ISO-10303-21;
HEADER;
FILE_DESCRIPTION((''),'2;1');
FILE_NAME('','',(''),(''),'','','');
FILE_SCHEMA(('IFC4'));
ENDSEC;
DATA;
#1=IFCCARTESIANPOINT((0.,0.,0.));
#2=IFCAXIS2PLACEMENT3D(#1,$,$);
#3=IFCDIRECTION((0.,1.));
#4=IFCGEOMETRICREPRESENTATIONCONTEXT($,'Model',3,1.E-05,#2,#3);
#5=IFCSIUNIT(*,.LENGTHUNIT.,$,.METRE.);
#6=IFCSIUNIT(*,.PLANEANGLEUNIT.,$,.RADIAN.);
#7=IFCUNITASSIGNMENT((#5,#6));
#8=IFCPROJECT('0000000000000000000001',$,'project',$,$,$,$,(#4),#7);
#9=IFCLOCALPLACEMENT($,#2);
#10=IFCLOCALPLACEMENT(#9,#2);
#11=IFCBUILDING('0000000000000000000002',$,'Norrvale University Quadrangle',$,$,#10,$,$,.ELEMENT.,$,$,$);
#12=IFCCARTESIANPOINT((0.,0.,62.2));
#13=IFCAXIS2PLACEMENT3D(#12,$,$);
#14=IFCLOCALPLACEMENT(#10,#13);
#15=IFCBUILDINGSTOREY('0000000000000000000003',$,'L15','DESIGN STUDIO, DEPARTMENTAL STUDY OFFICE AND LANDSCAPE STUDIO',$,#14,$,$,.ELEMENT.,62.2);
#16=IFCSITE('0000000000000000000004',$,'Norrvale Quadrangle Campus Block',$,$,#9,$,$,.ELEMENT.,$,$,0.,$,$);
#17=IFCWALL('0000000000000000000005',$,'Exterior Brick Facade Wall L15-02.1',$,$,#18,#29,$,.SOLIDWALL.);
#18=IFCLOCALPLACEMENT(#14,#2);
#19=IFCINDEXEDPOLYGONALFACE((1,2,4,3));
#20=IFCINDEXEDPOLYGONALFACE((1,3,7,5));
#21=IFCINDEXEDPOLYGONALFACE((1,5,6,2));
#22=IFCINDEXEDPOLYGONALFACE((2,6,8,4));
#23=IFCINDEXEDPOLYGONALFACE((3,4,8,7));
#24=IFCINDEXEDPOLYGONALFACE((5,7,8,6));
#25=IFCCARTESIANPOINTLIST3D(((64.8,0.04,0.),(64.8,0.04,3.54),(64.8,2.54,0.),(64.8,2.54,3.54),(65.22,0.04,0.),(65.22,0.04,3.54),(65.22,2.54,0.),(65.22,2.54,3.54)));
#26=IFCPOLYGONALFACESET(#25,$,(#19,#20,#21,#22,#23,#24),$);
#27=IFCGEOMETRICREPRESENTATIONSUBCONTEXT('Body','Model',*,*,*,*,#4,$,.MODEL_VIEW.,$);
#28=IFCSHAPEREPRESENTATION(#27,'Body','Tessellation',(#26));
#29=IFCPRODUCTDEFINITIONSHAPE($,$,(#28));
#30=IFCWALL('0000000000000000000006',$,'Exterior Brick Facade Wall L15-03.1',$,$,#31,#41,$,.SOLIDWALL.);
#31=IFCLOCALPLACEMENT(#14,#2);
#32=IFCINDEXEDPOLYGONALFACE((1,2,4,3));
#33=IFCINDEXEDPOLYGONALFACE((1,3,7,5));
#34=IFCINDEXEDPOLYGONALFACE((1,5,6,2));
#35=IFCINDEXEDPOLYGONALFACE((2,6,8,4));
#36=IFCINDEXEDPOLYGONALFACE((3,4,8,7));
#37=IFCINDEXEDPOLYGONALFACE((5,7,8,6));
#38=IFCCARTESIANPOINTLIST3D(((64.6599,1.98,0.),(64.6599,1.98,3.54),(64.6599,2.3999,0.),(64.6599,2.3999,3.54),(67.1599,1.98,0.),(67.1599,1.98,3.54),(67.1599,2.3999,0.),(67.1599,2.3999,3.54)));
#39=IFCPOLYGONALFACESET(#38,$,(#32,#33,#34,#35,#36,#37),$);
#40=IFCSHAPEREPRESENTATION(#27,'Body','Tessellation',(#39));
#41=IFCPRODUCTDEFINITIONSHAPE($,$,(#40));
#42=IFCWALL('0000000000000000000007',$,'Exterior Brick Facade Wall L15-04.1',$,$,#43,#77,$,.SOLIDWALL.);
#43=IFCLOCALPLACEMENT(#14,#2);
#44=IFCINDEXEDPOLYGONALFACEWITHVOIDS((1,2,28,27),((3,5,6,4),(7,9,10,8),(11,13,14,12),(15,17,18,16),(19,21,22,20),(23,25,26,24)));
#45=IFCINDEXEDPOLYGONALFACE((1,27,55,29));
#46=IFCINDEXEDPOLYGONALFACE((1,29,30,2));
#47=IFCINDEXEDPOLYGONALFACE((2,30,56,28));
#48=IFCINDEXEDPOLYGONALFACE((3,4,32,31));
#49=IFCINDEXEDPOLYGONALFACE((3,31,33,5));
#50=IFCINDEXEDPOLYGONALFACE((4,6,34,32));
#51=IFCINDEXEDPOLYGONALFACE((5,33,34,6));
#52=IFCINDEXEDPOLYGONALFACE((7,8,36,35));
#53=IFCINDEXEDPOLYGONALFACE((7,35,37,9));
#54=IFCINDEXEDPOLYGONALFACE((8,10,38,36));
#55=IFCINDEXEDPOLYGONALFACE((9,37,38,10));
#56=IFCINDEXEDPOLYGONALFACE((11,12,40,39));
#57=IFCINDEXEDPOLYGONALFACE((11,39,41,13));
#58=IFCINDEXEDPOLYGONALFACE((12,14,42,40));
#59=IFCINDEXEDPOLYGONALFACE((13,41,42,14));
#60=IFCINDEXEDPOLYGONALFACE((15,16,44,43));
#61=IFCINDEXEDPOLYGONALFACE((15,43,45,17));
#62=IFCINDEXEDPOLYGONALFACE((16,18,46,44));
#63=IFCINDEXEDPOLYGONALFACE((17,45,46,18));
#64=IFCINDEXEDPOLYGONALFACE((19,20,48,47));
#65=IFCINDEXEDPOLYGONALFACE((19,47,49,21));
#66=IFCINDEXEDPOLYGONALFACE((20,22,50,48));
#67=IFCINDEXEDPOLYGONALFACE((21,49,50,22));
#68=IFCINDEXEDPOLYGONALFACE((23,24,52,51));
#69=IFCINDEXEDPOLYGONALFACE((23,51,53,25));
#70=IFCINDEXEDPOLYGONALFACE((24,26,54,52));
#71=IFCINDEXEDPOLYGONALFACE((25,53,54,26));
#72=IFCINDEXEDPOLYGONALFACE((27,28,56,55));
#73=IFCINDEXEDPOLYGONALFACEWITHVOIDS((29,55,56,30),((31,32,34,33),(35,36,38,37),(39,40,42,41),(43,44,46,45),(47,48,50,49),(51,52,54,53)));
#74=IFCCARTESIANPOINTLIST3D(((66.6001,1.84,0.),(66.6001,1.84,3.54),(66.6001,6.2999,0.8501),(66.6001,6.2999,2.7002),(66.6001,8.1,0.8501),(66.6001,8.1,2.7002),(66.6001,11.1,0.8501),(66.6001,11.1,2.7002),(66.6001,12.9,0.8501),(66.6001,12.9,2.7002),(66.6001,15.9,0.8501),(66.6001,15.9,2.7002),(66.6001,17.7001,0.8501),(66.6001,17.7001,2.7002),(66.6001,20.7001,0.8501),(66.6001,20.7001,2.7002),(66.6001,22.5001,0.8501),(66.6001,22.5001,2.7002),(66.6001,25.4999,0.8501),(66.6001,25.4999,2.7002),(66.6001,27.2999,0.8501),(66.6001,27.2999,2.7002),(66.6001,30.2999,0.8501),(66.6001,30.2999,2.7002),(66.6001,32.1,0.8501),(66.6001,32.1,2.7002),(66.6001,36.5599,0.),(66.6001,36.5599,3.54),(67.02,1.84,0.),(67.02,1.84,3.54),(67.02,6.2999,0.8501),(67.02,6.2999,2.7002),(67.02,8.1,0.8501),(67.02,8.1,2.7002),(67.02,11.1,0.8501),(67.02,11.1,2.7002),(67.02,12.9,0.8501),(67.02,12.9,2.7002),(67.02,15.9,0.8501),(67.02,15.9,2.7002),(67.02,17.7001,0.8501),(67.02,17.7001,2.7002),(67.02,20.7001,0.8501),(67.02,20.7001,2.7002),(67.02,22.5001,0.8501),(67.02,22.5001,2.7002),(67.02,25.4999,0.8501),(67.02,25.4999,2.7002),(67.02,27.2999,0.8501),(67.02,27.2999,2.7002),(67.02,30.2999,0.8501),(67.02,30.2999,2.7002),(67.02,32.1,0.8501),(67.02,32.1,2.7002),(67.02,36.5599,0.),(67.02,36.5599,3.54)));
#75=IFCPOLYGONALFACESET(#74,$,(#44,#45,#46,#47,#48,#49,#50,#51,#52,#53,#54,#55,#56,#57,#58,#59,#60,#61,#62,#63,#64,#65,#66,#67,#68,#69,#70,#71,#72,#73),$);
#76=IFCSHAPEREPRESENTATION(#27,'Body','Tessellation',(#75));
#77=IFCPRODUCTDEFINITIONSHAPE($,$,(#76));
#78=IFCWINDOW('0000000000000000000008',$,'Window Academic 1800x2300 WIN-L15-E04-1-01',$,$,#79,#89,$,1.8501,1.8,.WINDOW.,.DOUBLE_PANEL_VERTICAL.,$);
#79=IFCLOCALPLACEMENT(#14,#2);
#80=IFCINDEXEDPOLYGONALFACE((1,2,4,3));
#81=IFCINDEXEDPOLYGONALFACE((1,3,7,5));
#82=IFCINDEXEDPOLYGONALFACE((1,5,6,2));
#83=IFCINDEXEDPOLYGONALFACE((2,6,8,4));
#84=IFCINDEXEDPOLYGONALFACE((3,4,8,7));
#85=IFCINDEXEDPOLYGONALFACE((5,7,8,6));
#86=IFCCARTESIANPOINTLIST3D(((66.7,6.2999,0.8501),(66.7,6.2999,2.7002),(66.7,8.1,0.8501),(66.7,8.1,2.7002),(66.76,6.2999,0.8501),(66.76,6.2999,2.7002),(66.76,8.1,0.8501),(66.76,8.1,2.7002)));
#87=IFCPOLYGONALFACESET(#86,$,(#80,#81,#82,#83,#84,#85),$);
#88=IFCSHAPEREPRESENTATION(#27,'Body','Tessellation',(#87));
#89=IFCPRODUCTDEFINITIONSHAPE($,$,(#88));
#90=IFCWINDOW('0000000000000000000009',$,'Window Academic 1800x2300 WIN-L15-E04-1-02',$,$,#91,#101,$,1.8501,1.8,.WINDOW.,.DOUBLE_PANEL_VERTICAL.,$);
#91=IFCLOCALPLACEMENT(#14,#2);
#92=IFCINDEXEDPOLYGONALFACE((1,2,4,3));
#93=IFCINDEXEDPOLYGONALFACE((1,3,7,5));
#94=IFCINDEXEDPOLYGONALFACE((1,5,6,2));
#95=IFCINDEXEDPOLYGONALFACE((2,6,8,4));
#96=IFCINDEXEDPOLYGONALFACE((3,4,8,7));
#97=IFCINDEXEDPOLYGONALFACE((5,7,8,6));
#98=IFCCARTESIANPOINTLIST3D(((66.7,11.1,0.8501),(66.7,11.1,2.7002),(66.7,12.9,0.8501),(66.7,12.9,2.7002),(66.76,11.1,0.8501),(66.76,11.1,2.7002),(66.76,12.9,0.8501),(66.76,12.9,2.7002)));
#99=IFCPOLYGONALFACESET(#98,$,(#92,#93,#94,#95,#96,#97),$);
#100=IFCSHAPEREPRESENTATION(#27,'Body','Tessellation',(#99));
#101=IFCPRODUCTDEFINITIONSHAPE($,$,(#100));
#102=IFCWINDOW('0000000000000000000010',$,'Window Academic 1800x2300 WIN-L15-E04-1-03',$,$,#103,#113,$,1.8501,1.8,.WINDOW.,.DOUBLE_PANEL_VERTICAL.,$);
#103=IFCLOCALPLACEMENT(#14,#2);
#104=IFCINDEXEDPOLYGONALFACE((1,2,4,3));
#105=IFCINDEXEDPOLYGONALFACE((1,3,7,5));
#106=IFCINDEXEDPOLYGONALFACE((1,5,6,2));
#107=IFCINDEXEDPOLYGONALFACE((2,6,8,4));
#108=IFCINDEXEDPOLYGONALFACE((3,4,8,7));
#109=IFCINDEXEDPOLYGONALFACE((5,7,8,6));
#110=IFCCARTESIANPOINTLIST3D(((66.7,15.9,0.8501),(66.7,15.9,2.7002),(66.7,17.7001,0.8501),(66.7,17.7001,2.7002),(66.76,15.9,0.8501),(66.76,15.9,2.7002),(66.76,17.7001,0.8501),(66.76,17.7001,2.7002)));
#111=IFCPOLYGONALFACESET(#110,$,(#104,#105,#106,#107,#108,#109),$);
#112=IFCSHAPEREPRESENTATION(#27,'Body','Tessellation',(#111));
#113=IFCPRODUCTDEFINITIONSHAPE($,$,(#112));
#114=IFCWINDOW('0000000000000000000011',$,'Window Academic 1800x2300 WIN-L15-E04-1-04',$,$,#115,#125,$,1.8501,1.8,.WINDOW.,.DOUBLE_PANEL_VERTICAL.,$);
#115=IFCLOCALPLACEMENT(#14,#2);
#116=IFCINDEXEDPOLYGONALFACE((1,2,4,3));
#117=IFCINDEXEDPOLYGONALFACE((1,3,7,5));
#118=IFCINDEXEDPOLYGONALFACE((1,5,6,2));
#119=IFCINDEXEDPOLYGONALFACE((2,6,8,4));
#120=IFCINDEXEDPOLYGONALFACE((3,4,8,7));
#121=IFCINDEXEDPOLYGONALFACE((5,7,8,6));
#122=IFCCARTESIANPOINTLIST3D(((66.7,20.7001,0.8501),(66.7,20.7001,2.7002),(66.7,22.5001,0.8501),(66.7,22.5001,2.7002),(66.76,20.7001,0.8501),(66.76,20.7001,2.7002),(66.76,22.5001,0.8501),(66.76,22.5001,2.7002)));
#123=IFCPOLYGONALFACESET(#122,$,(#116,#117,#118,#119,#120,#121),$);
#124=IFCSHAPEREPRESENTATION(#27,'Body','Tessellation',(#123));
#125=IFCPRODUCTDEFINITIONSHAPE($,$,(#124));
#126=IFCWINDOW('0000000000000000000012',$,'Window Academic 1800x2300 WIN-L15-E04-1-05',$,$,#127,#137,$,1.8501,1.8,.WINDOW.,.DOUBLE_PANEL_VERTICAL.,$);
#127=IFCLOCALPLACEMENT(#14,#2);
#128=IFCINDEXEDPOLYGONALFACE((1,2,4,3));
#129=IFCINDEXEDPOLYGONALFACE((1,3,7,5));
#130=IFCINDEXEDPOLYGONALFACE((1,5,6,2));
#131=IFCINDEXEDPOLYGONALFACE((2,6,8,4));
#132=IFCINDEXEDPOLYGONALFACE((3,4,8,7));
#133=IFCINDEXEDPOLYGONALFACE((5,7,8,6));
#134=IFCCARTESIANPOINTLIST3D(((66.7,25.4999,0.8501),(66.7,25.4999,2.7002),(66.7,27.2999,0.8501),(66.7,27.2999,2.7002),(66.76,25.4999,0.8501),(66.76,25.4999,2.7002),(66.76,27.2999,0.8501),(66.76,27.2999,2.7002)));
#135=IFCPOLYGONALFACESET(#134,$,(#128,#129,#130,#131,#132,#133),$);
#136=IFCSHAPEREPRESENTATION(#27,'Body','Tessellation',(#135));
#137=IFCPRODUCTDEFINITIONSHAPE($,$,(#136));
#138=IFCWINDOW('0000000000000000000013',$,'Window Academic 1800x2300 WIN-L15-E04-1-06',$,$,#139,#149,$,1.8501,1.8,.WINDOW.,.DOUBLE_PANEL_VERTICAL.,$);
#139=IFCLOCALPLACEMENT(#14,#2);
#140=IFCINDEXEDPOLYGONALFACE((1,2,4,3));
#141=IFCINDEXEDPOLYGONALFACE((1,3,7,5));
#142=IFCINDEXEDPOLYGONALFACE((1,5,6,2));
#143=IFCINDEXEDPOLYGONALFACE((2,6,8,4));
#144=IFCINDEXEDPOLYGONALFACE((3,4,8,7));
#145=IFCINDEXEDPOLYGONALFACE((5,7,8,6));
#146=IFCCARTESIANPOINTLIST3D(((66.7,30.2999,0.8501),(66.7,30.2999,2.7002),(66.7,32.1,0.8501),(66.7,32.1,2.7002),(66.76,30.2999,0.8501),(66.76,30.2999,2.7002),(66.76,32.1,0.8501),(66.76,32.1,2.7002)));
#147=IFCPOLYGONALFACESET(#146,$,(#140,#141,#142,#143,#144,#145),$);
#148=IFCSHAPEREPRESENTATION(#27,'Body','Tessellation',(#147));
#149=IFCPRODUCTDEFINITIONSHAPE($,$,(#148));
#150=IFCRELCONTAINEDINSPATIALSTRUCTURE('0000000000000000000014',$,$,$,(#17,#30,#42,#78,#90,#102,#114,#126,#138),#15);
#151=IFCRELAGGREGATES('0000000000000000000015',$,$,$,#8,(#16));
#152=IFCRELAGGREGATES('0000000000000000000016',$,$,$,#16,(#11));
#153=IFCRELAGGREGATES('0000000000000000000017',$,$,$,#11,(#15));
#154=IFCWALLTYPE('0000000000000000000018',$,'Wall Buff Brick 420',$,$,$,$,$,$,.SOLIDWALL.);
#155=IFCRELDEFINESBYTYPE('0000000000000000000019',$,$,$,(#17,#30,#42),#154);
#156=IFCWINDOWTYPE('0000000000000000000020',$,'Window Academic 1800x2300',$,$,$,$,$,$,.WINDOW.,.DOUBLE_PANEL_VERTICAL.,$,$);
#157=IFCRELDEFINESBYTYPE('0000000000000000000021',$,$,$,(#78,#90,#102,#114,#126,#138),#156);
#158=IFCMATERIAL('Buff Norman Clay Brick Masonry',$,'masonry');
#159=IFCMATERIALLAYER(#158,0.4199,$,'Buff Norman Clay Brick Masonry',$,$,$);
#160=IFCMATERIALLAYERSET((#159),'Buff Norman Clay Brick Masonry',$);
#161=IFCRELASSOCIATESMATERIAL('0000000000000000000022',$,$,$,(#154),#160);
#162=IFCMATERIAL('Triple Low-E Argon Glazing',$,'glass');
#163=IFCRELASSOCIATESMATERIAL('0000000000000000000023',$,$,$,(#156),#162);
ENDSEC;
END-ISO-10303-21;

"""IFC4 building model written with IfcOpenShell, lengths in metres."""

from ifc_helpers import new_model, si_unit, direction, frame, frame_2d, origin, place, context, subcontext, project, spatial, rectangle, extrude, material, layer, layer_set, type_object, element, fill, save


model = new_model("IFC4")

# Units and contexts
model_context = context("Model", 3, precision=1e-05, world=origin(), true_north=direction((0.0, 1.0)))
body_context = subcontext(model_context, "Body", "Model", "MODEL_VIEW")
ifc_project = project(units=[si_unit("LENGTHUNIT", "METRE"), si_unit("PLANEANGLEUNIT", "RADIAN")], contexts=[model_context])

# Site, building, storey
site_placement = place(None, origin())
site = spatial("IfcSite", under=ifc_project, at=site_placement, Name="Norrvale Quadrangle Campus Block", CompositionType="ELEMENT", RefElevation=0.0)
building_placement = place(site_placement, origin())
building = spatial("IfcBuilding", under=site, at=building_placement, Name="Norrvale University Quadrangle", CompositionType="ELEMENT")
storey_placement = place(building_placement, frame((0.0, 0.0, 62.2)))
storey = spatial("IfcBuildingStorey", under=building, at=storey_placement, Name="L15", Description="DESIGN STUDIO, DEPARTMENTAL STUDY OFFICE AND LANDSCAPE STUDIO", CompositionType="ELEMENT", Elevation=62.2)

# Walls
ifc_material_1 = material(Name="Buff Norman Clay Brick Masonry", Category="masonry")
ifc_layer_1 = layer(ifc_material_1, 0.4199, Name="Buff Norman Clay Brick Masonry")
ifc_layer_set_1 = layer_set([ifc_layer_1], Name="Buff Norman Clay Brick Masonry")
wall_type_1 = type_object("IfcWallType", Name="Wall Buff Brick 420", PredefinedType="SOLIDWALL", material=ifc_layer_set_1)
for number, where, z_axis, x_axis, name in (
    (1, (65.01, 0.04, 0.0), (0.0, 0.0, 1.0), (0.0, 1.0, 0.0), "Exterior Brick Facade Wall L15-02.1"),
    (2, (64.6599, 2.1899, 0.0), (0.0, 0.0, 1.0), (1.0, 0.0, 0.0), "Exterior Brick Facade Wall L15-03.1"),
):
    element("IfcWall", number, at=place(storey_placement, frame(where, z_axis=z_axis, x_axis=x_axis)), inside=storey, type_object=wall_type_1, Name=name, PredefinedType="SOLIDWALL", context=body_context, shape_type="SweptSolid", body=[
        extrude(rectangle(XDim=2.5, YDim=0.4199, at=frame_2d((1.25, 0.0))), origin(), (0.0, 0.0, 1.0), 3.54),
    ])

# Wall, openings, windows
wall_1_placement = place(storey_placement, frame((66.8101, 1.8401, 0.0), z_axis=(0.0, 0.0, 1.0), x_axis=(0.0, 1.0, 0.0)))
wall_1 = element("IfcWall", 3, at=wall_1_placement, inside=storey, type_object=wall_type_1, Name="Exterior Brick Facade Wall L15-04.1", PredefinedType="SOLIDWALL", context=body_context, shape_type="SweptSolid", body=[
    extrude(rectangle(XDim=34.72, YDim=0.4199, at=frame_2d((17.3599, 0.0))), origin(), (0.0, 0.0, 1.0), 3.54),
])
opening_1_placement = place(wall_1_placement, frame((4.46, 0.0, 0.8501)))
opening_1 = element("IfcOpeningElement", 4, at=opening_1_placement, cuts=wall_1, PredefinedType="OPENING", context=body_context, shape_type="SweptSolid", body=[
    extrude(rectangle(XDim=1.8, YDim=1.8501, at=frame_2d((0.8999, 0.925))), frame((0.0, 0.2219, 0.0), z_axis=(0.0, -1.0, 0.0), x_axis=(1.0, 0.0, 0.0)), (0.0, 0.0, 1.0), 0.4438),
])
opening_2_placement = place(wall_1_placement, frame((9.26, 0.0, 0.8501)))
opening_2 = element("IfcOpeningElement", 5, at=opening_2_placement, cuts=wall_1, PredefinedType="OPENING", context=body_context, shape_type="SweptSolid", body=[
    extrude(rectangle(XDim=1.8, YDim=1.8501, at=frame_2d((0.8999, 0.925))), frame((0.0, 0.2219, 0.0), z_axis=(0.0, -1.0, 0.0), x_axis=(1.0, 0.0, 0.0)), (0.0, 0.0, 1.0), 0.4438),
])
opening_3_placement = place(wall_1_placement, frame((14.0601, 0.0, 0.8501)))
opening_3 = element("IfcOpeningElement", 6, at=opening_3_placement, cuts=wall_1, PredefinedType="OPENING", context=body_context, shape_type="SweptSolid", body=[
    extrude(rectangle(XDim=1.8, YDim=1.8501, at=frame_2d((0.8999, 0.925))), frame((0.0, 0.2219, 0.0), z_axis=(0.0, -1.0, 0.0), x_axis=(1.0, 0.0, 0.0)), (0.0, 0.0, 1.0), 0.4438),
])
opening_4_placement = place(wall_1_placement, frame((18.8601, 0.0, 0.8501)))
opening_4 = element("IfcOpeningElement", 7, at=opening_4_placement, cuts=wall_1, PredefinedType="OPENING", context=body_context, shape_type="SweptSolid", body=[
    extrude(rectangle(XDim=1.8, YDim=1.8501, at=frame_2d((0.8999, 0.925))), frame((0.0, 0.2219, 0.0), z_axis=(0.0, -1.0, 0.0), x_axis=(1.0, 0.0, 0.0)), (0.0, 0.0, 1.0), 0.4438),
])
opening_5_placement = place(wall_1_placement, frame((23.6599, 0.0, 0.8501)))
opening_5 = element("IfcOpeningElement", 8, at=opening_5_placement, cuts=wall_1, PredefinedType="OPENING", context=body_context, shape_type="SweptSolid", body=[
    extrude(rectangle(XDim=1.8, YDim=1.8501, at=frame_2d((0.8999, 0.925))), frame((0.0, 0.2219, 0.0), z_axis=(0.0, -1.0, 0.0), x_axis=(1.0, 0.0, 0.0)), (0.0, 0.0, 1.0), 0.4438),
])
opening_6_placement = place(wall_1_placement, frame((28.46, 0.0, 0.8501)))
opening_6 = element("IfcOpeningElement", 9, at=opening_6_placement, cuts=wall_1, PredefinedType="OPENING", context=body_context, shape_type="SweptSolid", body=[
    extrude(rectangle(XDim=1.8, YDim=1.8501, at=frame_2d((0.8999, 0.925))), frame((0.0, 0.2219, 0.0), z_axis=(0.0, -1.0, 0.0), x_axis=(1.0, 0.0, 0.0)), (0.0, 0.0, 1.0), 0.4438),
])
ifc_material_2 = material(Name="Triple Low-E Argon Glazing", Category="glass")
window_type = type_object("IfcWindowType", Name="Window Academic 1800x2300", PartitioningType="DOUBLE_PANEL_VERTICAL", PredefinedType="WINDOW", material=ifc_material_2)
window_1_placement = place(opening_1_placement, origin())
window_1 = element("IfcWindow", 10, at=window_1_placement, inside=storey, type_object=window_type, Name="Window Academic 1800x2300 WIN-L15-E04-1-01", OverallHeight=1.8501, OverallWidth=1.8, PartitioningType="DOUBLE_PANEL_VERTICAL", PredefinedType="WINDOW", context=body_context, shape_type="SweptSolid", body=[
    extrude(rectangle(XDim=1.8, YDim=1.8501, at=frame_2d((0.8999, 0.925))), frame((0.0, 0.1101, 0.0), z_axis=(0.0, -1.0, 0.0), x_axis=(1.0, 0.0, 0.0)), (0.0, 0.0, 1.0), 0.0601),
])
fill(opening_1, window_1)
window_2_placement = place(opening_2_placement, origin())
window_2 = element("IfcWindow", 11, at=window_2_placement, inside=storey, type_object=window_type, Name="Window Academic 1800x2300 WIN-L15-E04-1-02", OverallHeight=1.8501, OverallWidth=1.8, PartitioningType="DOUBLE_PANEL_VERTICAL", PredefinedType="WINDOW", context=body_context, shape_type="SweptSolid", body=[
    extrude(rectangle(XDim=1.8, YDim=1.8501, at=frame_2d((0.8999, 0.925))), frame((0.0, 0.1101, 0.0), z_axis=(0.0, -1.0, 0.0), x_axis=(1.0, 0.0, 0.0)), (0.0, 0.0, 1.0), 0.0601),
])
fill(opening_2, window_2)
window_3_placement = place(opening_3_placement, origin())
window_3 = element("IfcWindow", 12, at=window_3_placement, inside=storey, type_object=window_type, Name="Window Academic 1800x2300 WIN-L15-E04-1-03", OverallHeight=1.8501, OverallWidth=1.8, PartitioningType="DOUBLE_PANEL_VERTICAL", PredefinedType="WINDOW", context=body_context, shape_type="SweptSolid", body=[
    extrude(rectangle(XDim=1.8, YDim=1.8501, at=frame_2d((0.8999, 0.925))), frame((0.0, 0.1101, 0.0), z_axis=(0.0, -1.0, 0.0), x_axis=(1.0, 0.0, 0.0)), (0.0, 0.0, 1.0), 0.0601),
])
fill(opening_3, window_3)
window_4_placement = place(opening_4_placement, origin())
window_4 = element("IfcWindow", 13, at=window_4_placement, inside=storey, type_object=window_type, Name="Window Academic 1800x2300 WIN-L15-E04-1-04", OverallHeight=1.8501, OverallWidth=1.8, PartitioningType="DOUBLE_PANEL_VERTICAL", PredefinedType="WINDOW", context=body_context, shape_type="SweptSolid", body=[
    extrude(rectangle(XDim=1.8, YDim=1.8501, at=frame_2d((0.8999, 0.925))), frame((0.0, 0.1101, 0.0), z_axis=(0.0, -1.0, 0.0), x_axis=(1.0, 0.0, 0.0)), (0.0, 0.0, 1.0), 0.0601),
])
fill(opening_4, window_4)
window_5_placement = place(opening_5_placement, origin())
window_5 = element("IfcWindow", 14, at=window_5_placement, inside=storey, type_object=window_type, Name="Window Academic 1800x2300 WIN-L15-E04-1-05", OverallHeight=1.8501, OverallWidth=1.8, PartitioningType="DOUBLE_PANEL_VERTICAL", PredefinedType="WINDOW", context=body_context, shape_type="SweptSolid", body=[
    extrude(rectangle(XDim=1.8, YDim=1.8501, at=frame_2d((0.8999, 0.925))), frame((0.0, 0.1101, 0.0), z_axis=(0.0, -1.0, 0.0), x_axis=(1.0, 0.0, 0.0)), (0.0, 0.0, 1.0), 0.0601),
])
fill(opening_5, window_5)
window_6_placement = place(opening_6_placement, origin())
window_6 = element("IfcWindow", 15, at=window_6_placement, inside=storey, type_object=window_type, Name="Window Academic 1800x2300 WIN-L15-E04-1-06", OverallHeight=1.8501, OverallWidth=1.8, PartitioningType="DOUBLE_PANEL_VERTICAL", PredefinedType="WINDOW", context=body_context, shape_type="SweptSolid", body=[
    extrude(rectangle(XDim=1.8, YDim=1.8501, at=frame_2d((0.8999, 0.925))), frame((0.0, 0.1101, 0.0), z_axis=(0.0, -1.0, 0.0), x_axis=(1.0, 0.0, 0.0)), (0.0, 0.0, 1.0), 0.0601),
])
fill(opening_6, window_6)

save(model, "model.ifc")
